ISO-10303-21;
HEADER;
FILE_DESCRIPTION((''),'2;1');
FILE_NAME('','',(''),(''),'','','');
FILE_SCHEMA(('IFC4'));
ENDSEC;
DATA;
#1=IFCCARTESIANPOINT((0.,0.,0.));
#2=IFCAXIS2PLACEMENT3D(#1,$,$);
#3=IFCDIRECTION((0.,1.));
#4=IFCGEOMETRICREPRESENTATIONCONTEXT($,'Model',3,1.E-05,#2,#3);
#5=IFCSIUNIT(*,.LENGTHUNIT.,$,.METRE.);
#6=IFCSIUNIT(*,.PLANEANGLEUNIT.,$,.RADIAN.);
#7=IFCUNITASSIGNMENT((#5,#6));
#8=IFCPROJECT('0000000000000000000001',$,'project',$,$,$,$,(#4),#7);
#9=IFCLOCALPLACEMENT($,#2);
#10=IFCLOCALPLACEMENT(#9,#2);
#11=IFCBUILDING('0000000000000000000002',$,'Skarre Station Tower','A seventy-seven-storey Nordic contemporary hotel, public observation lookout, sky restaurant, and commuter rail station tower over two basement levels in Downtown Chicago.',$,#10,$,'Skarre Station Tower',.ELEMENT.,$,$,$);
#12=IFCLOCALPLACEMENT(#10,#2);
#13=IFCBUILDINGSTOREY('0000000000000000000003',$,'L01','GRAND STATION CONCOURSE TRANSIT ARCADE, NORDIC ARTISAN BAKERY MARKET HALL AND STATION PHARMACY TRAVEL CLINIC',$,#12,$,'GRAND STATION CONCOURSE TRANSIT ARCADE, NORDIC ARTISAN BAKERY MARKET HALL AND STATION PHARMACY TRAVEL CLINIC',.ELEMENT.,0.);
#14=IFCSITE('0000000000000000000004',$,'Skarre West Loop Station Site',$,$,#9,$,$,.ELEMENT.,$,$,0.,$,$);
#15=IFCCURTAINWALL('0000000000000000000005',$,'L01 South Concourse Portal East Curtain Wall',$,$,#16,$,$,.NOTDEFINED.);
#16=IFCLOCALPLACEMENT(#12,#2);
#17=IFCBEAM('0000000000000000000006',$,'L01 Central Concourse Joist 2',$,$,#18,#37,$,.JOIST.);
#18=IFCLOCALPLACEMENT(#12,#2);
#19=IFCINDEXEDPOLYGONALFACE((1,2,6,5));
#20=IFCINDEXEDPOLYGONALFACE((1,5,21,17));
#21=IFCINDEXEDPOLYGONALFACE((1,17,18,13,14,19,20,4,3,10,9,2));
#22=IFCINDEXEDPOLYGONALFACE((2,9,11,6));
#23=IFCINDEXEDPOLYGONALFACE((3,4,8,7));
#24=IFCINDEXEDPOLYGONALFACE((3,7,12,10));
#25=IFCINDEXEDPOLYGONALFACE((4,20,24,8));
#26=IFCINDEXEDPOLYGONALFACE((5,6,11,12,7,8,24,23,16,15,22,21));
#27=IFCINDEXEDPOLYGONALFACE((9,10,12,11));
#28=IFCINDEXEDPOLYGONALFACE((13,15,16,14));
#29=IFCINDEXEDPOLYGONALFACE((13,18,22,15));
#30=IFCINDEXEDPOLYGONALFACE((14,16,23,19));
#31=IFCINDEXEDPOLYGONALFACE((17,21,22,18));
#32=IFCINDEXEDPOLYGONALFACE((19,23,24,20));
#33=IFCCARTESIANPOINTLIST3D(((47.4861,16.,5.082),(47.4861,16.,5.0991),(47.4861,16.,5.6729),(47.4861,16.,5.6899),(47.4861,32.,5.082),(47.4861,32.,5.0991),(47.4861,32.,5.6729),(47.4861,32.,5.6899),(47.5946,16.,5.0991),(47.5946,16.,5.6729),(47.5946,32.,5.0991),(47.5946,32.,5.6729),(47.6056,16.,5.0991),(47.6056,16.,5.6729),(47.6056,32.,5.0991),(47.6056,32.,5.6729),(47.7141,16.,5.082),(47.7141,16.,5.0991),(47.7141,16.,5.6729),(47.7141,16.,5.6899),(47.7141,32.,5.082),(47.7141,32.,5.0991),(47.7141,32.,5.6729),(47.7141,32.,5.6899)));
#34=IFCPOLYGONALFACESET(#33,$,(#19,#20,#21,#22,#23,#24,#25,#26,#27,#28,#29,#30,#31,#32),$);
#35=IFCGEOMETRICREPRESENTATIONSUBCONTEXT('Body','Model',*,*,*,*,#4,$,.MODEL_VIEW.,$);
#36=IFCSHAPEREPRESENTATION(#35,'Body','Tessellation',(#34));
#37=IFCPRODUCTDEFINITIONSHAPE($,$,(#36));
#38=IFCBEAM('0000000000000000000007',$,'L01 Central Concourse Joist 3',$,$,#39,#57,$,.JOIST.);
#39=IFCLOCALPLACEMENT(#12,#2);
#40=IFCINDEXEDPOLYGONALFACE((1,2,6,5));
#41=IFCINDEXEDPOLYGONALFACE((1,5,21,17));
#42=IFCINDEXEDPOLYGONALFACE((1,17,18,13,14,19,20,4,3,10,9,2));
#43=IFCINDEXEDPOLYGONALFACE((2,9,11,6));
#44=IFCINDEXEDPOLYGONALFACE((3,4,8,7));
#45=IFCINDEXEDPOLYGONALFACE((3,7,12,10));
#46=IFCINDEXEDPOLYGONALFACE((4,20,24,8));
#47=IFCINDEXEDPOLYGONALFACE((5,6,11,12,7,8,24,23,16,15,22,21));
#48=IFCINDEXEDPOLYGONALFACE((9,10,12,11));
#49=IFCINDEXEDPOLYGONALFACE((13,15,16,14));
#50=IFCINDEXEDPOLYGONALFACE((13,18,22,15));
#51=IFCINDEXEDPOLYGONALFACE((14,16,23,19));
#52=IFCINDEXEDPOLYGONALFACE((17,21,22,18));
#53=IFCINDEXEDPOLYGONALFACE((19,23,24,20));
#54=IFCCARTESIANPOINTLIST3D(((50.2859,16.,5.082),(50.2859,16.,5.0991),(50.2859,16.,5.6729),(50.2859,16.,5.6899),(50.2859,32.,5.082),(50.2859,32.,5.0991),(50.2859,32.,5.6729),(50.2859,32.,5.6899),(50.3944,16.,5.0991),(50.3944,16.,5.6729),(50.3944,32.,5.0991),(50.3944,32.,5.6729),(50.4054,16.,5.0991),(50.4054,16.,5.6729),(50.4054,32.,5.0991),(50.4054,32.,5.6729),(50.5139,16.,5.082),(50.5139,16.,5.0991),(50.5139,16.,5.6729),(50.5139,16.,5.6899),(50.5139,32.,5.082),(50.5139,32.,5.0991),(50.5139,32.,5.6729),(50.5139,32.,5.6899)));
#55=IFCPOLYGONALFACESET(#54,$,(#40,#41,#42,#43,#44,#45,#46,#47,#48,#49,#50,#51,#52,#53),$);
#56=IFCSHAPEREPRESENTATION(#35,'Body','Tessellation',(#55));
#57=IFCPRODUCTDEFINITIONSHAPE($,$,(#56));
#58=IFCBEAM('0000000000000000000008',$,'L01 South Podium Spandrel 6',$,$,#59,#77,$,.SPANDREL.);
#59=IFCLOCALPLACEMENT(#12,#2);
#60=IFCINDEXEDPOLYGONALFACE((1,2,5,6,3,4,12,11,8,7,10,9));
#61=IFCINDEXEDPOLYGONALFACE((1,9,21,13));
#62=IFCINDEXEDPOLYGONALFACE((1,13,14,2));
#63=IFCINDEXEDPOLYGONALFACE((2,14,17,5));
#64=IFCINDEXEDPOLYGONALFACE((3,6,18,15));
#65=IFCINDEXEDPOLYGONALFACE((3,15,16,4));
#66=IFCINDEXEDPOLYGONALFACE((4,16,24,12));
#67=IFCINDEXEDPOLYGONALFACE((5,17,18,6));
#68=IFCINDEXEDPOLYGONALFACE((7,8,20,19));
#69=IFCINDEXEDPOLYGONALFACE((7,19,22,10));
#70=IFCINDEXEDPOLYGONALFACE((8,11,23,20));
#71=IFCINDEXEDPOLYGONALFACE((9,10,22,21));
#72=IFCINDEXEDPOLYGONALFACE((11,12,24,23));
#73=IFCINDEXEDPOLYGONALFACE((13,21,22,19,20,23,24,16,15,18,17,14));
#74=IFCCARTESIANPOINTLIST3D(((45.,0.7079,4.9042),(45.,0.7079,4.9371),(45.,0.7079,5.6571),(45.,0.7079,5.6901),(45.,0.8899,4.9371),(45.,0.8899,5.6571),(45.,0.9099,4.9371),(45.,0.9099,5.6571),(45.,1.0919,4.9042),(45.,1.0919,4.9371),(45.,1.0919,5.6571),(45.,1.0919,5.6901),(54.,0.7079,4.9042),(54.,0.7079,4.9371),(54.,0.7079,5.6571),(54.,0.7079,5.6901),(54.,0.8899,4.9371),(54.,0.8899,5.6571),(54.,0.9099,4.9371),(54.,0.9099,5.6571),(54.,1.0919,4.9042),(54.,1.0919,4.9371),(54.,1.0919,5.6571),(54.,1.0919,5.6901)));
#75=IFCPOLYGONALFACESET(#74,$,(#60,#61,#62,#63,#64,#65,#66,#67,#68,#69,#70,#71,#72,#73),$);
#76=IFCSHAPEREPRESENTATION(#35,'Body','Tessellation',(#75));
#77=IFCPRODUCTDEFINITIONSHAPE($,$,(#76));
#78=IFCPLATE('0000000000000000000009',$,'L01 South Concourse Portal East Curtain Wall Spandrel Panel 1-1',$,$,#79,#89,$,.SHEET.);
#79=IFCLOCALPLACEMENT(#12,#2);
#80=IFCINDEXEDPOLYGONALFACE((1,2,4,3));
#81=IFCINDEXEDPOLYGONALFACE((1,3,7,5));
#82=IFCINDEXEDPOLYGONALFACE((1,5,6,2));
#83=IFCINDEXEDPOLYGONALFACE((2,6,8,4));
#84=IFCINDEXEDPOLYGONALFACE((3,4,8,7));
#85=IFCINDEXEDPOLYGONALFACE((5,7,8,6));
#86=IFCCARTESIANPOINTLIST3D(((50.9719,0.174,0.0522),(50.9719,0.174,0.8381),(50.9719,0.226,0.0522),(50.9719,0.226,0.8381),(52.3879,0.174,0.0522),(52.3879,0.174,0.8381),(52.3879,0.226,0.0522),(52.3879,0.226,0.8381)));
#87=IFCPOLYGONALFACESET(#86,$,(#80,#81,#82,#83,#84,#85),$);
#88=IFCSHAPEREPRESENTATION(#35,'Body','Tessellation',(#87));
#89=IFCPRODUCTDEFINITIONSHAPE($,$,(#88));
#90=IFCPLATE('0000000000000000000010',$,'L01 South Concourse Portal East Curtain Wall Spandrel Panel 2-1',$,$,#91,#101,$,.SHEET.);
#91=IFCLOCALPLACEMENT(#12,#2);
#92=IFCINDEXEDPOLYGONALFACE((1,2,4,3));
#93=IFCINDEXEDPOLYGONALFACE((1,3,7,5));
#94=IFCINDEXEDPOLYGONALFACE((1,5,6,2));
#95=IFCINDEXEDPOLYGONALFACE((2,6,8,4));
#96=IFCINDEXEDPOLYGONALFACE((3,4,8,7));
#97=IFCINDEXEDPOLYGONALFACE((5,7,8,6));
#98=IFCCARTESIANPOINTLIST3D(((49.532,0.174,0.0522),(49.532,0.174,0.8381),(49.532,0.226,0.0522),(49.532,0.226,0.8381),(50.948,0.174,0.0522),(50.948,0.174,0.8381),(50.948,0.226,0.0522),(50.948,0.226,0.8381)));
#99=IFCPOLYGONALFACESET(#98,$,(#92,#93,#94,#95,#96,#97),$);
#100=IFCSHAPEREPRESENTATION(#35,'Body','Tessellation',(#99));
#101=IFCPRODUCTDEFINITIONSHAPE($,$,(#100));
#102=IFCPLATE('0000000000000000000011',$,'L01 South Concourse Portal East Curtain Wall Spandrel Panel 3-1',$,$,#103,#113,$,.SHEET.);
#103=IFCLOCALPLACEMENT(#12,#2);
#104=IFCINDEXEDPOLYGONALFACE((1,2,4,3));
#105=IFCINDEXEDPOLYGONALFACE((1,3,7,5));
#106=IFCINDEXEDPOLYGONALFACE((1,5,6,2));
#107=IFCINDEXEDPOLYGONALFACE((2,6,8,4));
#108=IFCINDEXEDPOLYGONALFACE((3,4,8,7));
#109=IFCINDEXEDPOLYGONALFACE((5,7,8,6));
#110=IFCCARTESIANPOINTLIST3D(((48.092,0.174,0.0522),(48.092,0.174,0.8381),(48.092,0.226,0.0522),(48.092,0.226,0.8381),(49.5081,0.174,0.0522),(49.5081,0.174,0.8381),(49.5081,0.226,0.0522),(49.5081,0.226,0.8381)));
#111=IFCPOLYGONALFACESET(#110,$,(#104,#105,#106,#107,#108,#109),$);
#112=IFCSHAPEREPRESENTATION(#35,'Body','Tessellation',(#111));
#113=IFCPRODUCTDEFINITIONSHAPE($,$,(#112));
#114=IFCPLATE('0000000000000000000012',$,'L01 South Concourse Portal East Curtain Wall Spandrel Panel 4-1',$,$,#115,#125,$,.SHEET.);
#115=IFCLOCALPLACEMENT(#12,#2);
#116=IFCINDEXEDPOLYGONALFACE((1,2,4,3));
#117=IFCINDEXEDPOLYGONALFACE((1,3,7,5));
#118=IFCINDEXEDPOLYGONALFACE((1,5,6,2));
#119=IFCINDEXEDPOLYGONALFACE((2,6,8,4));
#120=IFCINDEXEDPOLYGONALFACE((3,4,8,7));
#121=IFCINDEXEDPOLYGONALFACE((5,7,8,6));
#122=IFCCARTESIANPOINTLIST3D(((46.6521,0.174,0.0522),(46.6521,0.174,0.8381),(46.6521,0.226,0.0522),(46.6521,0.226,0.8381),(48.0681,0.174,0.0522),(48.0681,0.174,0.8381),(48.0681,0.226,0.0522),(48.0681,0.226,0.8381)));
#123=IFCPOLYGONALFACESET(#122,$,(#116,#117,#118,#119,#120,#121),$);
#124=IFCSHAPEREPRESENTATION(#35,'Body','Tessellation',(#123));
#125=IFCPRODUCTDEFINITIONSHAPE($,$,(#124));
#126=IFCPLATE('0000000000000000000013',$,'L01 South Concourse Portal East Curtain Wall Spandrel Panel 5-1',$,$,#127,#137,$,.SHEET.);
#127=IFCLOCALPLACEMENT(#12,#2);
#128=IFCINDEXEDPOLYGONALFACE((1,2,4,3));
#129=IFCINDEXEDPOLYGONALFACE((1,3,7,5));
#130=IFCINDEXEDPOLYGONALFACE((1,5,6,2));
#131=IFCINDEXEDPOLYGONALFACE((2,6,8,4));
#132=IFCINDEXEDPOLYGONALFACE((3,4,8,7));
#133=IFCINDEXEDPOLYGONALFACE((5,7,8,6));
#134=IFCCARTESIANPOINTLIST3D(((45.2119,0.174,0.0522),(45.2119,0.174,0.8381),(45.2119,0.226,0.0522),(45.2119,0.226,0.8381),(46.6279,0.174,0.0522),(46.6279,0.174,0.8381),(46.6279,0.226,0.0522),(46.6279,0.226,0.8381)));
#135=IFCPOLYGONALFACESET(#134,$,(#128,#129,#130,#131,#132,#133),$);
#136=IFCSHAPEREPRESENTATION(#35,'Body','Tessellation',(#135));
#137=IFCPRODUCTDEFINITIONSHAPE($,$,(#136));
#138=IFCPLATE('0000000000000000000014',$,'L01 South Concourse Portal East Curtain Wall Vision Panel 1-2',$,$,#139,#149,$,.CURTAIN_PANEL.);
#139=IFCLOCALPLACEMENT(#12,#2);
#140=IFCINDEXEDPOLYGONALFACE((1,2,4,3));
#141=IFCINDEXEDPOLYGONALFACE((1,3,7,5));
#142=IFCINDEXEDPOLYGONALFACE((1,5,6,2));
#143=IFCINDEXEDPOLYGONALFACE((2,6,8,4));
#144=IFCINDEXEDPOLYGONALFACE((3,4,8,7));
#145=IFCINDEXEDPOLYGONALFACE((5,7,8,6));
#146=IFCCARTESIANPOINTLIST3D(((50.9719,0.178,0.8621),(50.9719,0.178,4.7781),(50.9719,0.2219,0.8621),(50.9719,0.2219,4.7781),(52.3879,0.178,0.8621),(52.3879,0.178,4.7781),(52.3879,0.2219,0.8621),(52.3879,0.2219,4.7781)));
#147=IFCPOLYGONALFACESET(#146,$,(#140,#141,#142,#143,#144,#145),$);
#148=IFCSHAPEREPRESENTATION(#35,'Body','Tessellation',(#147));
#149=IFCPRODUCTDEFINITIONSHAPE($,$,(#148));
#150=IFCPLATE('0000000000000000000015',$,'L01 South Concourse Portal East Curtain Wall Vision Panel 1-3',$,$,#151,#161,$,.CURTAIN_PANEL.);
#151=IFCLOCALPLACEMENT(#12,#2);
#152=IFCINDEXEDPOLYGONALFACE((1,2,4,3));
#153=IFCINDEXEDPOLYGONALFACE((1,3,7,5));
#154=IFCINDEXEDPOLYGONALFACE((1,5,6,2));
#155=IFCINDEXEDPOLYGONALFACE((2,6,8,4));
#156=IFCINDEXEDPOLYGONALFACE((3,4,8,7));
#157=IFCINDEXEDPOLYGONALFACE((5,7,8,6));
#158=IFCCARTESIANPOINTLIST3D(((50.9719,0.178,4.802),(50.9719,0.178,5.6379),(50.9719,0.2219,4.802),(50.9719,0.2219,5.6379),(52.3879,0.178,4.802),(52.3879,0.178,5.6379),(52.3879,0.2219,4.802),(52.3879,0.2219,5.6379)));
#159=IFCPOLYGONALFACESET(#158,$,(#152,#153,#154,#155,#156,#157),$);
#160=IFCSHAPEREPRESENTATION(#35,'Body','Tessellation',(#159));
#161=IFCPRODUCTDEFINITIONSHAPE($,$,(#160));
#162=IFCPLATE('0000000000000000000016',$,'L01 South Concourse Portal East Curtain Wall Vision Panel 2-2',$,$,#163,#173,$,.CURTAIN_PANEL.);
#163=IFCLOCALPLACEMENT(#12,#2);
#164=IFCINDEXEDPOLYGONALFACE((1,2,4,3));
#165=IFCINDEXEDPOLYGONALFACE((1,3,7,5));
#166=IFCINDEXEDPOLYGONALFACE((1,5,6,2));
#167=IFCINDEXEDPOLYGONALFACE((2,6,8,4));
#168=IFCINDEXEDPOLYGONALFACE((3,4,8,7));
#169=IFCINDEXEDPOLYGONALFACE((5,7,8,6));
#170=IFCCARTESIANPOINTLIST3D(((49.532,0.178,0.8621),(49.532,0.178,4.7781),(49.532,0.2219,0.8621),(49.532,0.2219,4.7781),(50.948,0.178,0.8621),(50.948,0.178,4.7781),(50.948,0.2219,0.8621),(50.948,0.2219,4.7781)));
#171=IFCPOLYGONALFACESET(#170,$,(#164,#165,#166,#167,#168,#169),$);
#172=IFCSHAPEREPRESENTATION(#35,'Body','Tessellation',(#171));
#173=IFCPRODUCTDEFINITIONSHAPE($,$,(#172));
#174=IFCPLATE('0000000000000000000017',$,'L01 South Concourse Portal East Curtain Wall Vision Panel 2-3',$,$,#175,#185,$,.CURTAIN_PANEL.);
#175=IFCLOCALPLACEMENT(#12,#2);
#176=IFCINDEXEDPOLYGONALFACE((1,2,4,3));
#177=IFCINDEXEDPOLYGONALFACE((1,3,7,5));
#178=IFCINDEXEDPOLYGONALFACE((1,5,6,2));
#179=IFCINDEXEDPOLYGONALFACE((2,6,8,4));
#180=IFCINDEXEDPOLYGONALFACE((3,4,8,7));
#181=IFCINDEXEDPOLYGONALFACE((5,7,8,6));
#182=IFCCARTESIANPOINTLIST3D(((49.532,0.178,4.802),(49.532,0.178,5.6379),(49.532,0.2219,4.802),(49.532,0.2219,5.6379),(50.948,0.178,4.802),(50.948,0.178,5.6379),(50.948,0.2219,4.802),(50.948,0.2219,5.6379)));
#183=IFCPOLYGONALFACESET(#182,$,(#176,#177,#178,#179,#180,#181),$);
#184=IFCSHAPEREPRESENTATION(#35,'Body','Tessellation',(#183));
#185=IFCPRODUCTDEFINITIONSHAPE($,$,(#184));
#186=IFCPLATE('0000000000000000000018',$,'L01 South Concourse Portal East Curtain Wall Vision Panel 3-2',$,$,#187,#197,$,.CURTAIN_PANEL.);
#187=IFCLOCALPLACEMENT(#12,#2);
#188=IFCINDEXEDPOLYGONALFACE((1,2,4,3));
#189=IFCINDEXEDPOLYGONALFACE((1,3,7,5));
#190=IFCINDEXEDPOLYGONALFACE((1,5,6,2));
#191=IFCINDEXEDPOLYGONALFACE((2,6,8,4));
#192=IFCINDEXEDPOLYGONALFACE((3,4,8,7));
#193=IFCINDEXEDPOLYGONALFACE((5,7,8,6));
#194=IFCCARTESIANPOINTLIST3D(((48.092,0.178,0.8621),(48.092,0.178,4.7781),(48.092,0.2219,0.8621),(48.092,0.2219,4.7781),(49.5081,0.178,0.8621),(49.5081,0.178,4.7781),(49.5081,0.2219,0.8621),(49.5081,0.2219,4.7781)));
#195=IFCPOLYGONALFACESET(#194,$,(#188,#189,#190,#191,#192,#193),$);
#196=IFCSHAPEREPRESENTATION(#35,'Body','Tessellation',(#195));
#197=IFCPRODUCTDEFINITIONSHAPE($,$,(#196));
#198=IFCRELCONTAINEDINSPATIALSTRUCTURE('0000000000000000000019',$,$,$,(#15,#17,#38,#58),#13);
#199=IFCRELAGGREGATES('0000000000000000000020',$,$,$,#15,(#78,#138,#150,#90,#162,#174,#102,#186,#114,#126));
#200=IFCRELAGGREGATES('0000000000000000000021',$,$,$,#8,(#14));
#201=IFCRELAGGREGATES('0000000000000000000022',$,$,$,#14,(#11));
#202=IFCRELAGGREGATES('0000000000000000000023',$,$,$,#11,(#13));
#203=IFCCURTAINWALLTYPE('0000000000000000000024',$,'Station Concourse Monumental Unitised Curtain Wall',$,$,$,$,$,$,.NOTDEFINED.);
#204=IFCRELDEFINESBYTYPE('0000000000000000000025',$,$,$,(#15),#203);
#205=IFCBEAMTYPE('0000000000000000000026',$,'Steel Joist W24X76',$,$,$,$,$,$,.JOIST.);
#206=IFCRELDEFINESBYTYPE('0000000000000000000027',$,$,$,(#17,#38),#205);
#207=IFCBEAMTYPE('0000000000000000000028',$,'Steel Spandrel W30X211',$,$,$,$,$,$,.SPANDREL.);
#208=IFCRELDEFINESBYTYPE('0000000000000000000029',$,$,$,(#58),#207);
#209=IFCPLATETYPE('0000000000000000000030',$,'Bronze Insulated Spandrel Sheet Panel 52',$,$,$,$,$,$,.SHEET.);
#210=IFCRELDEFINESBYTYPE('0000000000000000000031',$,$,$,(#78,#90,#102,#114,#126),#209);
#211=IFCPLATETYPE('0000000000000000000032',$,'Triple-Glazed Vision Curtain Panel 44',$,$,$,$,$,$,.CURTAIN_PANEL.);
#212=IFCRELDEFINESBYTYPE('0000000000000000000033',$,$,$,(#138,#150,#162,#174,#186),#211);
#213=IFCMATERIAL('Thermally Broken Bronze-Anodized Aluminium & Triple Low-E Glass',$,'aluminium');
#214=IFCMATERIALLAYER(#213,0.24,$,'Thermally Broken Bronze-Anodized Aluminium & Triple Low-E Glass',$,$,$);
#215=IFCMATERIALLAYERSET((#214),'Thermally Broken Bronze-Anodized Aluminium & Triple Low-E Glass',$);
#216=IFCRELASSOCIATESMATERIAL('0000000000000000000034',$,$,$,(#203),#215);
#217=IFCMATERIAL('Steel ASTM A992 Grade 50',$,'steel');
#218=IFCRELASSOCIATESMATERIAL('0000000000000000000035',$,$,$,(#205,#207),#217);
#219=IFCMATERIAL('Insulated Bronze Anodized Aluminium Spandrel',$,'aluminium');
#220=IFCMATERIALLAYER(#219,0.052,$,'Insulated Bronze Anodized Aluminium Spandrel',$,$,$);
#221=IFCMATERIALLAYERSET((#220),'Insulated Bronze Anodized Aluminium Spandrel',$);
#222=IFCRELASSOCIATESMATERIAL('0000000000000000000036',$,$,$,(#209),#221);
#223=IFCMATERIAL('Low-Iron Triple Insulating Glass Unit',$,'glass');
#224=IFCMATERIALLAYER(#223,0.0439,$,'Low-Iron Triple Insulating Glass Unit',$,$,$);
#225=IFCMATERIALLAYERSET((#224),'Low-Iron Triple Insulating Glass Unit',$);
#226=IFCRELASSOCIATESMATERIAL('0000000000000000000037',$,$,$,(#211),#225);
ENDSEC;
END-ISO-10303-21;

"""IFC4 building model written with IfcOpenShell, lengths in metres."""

from ifc_helpers import new_model, si_unit, direction, frame, origin, origin_2d, place, context, subcontext, project, spatial, rectangle, i_section, extrude, material, layer, layer_set, material_profile, profile_set, type_object, element, aggregate, save


model = new_model("IFC4")

# Units and contexts
model_context = context("Model", 3, precision=1e-05, world=origin(), true_north=direction((0.0, 1.0)))
body_context = subcontext(model_context, "Body", "Model", "MODEL_VIEW")
ifc_project = project(units=[si_unit("LENGTHUNIT", "METRE"), si_unit("PLANEANGLEUNIT", "RADIAN")], contexts=[model_context])

# Site, building, storey
site_placement = place(None, origin())
site = spatial("IfcSite", under=ifc_project, at=site_placement, Name="Skarre West Loop Station Site", CompositionType="ELEMENT", RefElevation=0.0)
building_placement = place(site_placement, origin())
building = spatial("IfcBuilding", under=site, at=building_placement, Name="Skarre Station Tower", Description="A seventy-seven-storey Nordic contemporary hotel, public observation lookout, sky restaurant, and commuter rail station tower over two basement levels in Downtown Chicago.", LongName="Skarre Station Tower", CompositionType="ELEMENT")
storey_placement = place(building_placement, origin())
storey = spatial("IfcBuildingStorey", under=building, at=storey_placement, Name="L01", Description="GRAND STATION CONCOURSE TRANSIT ARCADE, NORDIC ARTISAN BAKERY MARKET HALL AND STATION PHARMACY TRAVEL CLINIC", LongName="GRAND STATION CONCOURSE TRANSIT ARCADE, NORDIC ARTISAN BAKERY MARKET HALL AND STATION PHARMACY TRAVEL CLINIC", CompositionType="ELEMENT", Elevation=0.0)

# Curtain wall
ifc_material_1 = material(Name="Thermally Broken Bronze-Anodized Aluminium & Triple Low-E Glass", Category="aluminium")
ifc_layer_1 = layer(ifc_material_1, 0.24, Name="Thermally Broken Bronze-Anodized Aluminium & Triple Low-E Glass")
ifc_layer_set_1 = layer_set([ifc_layer_1], Name="Thermally Broken Bronze-Anodized Aluminium & Triple Low-E Glass")
curtain_wall_type = type_object("IfcCurtainWallType", Name="Station Concourse Monumental Unitised Curtain Wall", PredefinedType="NOTDEFINED", material=ifc_layer_set_1)
curtain_wall_placement = place(storey_placement, origin())
curtain_wall = element("IfcCurtainWall", 1, at=curtain_wall_placement, inside=storey, type_object=curtain_wall_type, Name="L01 South Concourse Portal East Curtain Wall", PredefinedType="NOTDEFINED")

# Beams
ifc_material_2 = material(Name="Steel ASTM A992 Grade 50", Category="steel")
ifc_material_profile_1 = material_profile(ifc_material_2, i_section(OverallWidth=0.228, OverallDepth=0.6079, WebThickness=0.011, FlangeThickness=0.0171, at=origin_2d()), Name="Steel ASTM A992 Grade 50")
ifc_profile_set_1 = profile_set([ifc_material_profile_1], Name="Steel ASTM A992 Grade 50")
beam_type_1 = type_object("IfcBeamType", Name="Steel Joist W24X76", PredefinedType="JOIST", material=ifc_profile_set_1)
for number, where, z_axis, x_axis, name in (
    (2, (47.6001, 16.0, 5.386), (0.0, 1.0, 0.0), (-1.0, 0.0, 0.0), "L01 Central Concourse Joist 2"),
    (3, (50.3999, 16.0, 5.386), (0.0, 1.0, 0.0), (-1.0, 0.0, 0.0), "L01 Central Concourse Joist 3"),
):
    element("IfcBeam", number, at=place(storey_placement, frame(where, z_axis=z_axis, x_axis=x_axis)), inside=storey, type_object=beam_type_1, Name=name, PredefinedType="JOIST", context=body_context, shape_type="SweptSolid", body=[
        extrude(i_section(OverallWidth=0.228, OverallDepth=0.6079, WebThickness=0.011, FlangeThickness=0.0171, at=origin_2d()), origin(), (0.0, 0.0, 1.0), 16.0),
    ])
ifc_material_profile_2 = material_profile(ifc_material_2, i_section(OverallWidth=0.384, OverallDepth=0.7859, WebThickness=0.02, FlangeThickness=0.033, at=origin_2d()), Name="Steel ASTM A992 Grade 50")
ifc_profile_set_2 = profile_set([ifc_material_profile_2], Name="Steel ASTM A992 Grade 50")
beam_type_2 = type_object("IfcBeamType", Name="Steel Spandrel W30X211", PredefinedType="SPANDREL", material=ifc_profile_set_2)
beam_placement = place(storey_placement, frame((45.0, 0.8999, 5.2971), z_axis=(1.0, 0.0, 0.0), x_axis=(0.0, 1.0, 0.0)))
element("IfcBeam", 4, at=beam_placement, inside=storey, type_object=beam_type_2, Name="L01 South Podium Spandrel 6", PredefinedType="SPANDREL", context=body_context, shape_type="SweptSolid", body=[
    extrude(i_section(OverallWidth=0.384, OverallDepth=0.7859, WebThickness=0.02, FlangeThickness=0.033, at=origin_2d()), origin(), (0.0, 0.0, 1.0), 9.0),
])

# Plates
ifc_material_3 = material(Name="Insulated Bronze Anodized Aluminium Spandrel", Category="aluminium")
ifc_layer_2 = layer(ifc_material_3, 0.052, Name="Insulated Bronze Anodized Aluminium Spandrel")
ifc_layer_set_2 = layer_set([ifc_layer_2], Name="Insulated Bronze Anodized Aluminium Spandrel")
plate_type_1 = type_object("IfcPlateType", Name="Bronze Insulated Spandrel Sheet Panel 52", PredefinedType="SHEET", material=ifc_layer_set_2)
plate_1_placement = place(storey_placement, frame((51.6799, 0.2, 0.0522), z_axis=(0.0, 0.0, 1.0), x_axis=(-1.0, 0.0, 0.0)))
plate_1 = element("IfcPlate", 5, at=plate_1_placement, type_object=plate_type_1, Name="L01 South Concourse Portal East Curtain Wall Spandrel Panel 1-1", PredefinedType="SHEET", context=body_context, shape_type="SweptSolid", body=[
    extrude(rectangle(XDim=1.416, YDim=0.052, at=origin_2d()), origin(), (0.0, 0.0, 1.0), 0.7859),
])
plate_2_placement = place(storey_placement, frame((50.24, 0.2, 0.0522), z_axis=(0.0, 0.0, 1.0), x_axis=(-1.0, 0.0, 0.0)))
plate_2 = element("IfcPlate", 6, at=plate_2_placement, type_object=plate_type_1, Name="L01 South Concourse Portal East Curtain Wall Spandrel Panel 2-1", PredefinedType="SHEET", context=body_context, shape_type="SweptSolid", body=[
    extrude(rectangle(XDim=1.416, YDim=0.052, at=origin_2d()), origin(), (0.0, 0.0, 1.0), 0.7859),
])
plate_3_placement = place(storey_placement, frame((48.8, 0.2, 0.0522), z_axis=(0.0, 0.0, 1.0), x_axis=(-1.0, 0.0, 0.0)))
plate_3 = element("IfcPlate", 7, at=plate_3_placement, type_object=plate_type_1, Name="L01 South Concourse Portal East Curtain Wall Spandrel Panel 3-1", PredefinedType="SHEET", context=body_context, shape_type="SweptSolid", body=[
    extrude(rectangle(XDim=1.416, YDim=0.052, at=origin_2d()), origin(), (0.0, 0.0, 1.0), 0.7859),
])
plate_4_placement = place(storey_placement, frame((47.3601, 0.2, 0.0522), z_axis=(0.0, 0.0, 1.0), x_axis=(-1.0, 0.0, 0.0)))
plate_4 = element("IfcPlate", 8, at=plate_4_placement, type_object=plate_type_1, Name="L01 South Concourse Portal East Curtain Wall Spandrel Panel 4-1", PredefinedType="SHEET", context=body_context, shape_type="SweptSolid", body=[
    extrude(rectangle(XDim=1.416, YDim=0.052, at=origin_2d()), origin(), (0.0, 0.0, 1.0), 0.7859),
])
plate_5_placement = place(storey_placement, frame((45.9199, 0.2, 0.0522), z_axis=(0.0, 0.0, 1.0), x_axis=(-1.0, 0.0, 0.0)))
plate_5 = element("IfcPlate", 9, at=plate_5_placement, type_object=plate_type_1, Name="L01 South Concourse Portal East Curtain Wall Spandrel Panel 5-1", PredefinedType="SHEET", context=body_context, shape_type="SweptSolid", body=[
    extrude(rectangle(XDim=1.416, YDim=0.052, at=origin_2d()), origin(), (0.0, 0.0, 1.0), 0.7859),
])
ifc_material_4 = material(Name="Low-Iron Triple Insulating Glass Unit", Category="glass")
ifc_layer_3 = layer(ifc_material_4, 0.0439, Name="Low-Iron Triple Insulating Glass Unit")
ifc_layer_set_3 = layer_set([ifc_layer_3], Name="Low-Iron Triple Insulating Glass Unit")
plate_type_2 = type_object("IfcPlateType", Name="Triple-Glazed Vision Curtain Panel 44", PredefinedType="CURTAIN_PANEL", material=ifc_layer_set_3)
plate_6_placement = place(storey_placement, frame((51.6799, 0.2, 0.8621), z_axis=(0.0, 0.0, 1.0), x_axis=(-1.0, 0.0, 0.0)))
plate_6 = element("IfcPlate", 10, at=plate_6_placement, type_object=plate_type_2, Name="L01 South Concourse Portal East Curtain Wall Vision Panel 1-2", PredefinedType="CURTAIN_PANEL", context=body_context, shape_type="SweptSolid", body=[
    extrude(rectangle(XDim=1.416, YDim=0.0439, at=origin_2d()), origin(), (0.0, 0.0, 1.0), 3.916),
])
plate_7_placement = place(storey_placement, frame((51.6799, 0.2, 4.802), z_axis=(0.0, 0.0, 1.0), x_axis=(-1.0, 0.0, 0.0)))
plate_7 = element("IfcPlate", 11, at=plate_7_placement, type_object=plate_type_2, Name="L01 South Concourse Portal East Curtain Wall Vision Panel 1-3", PredefinedType="CURTAIN_PANEL", context=body_context, shape_type="SweptSolid", body=[
    extrude(rectangle(XDim=1.416, YDim=0.0439, at=origin_2d()), origin(), (0.0, 0.0, 1.0), 0.8359),
])
plate_8_placement = place(storey_placement, frame((50.24, 0.2, 0.8621), z_axis=(0.0, 0.0, 1.0), x_axis=(-1.0, 0.0, 0.0)))
plate_8 = element("IfcPlate", 12, at=plate_8_placement, type_object=plate_type_2, Name="L01 South Concourse Portal East Curtain Wall Vision Panel 2-2", PredefinedType="CURTAIN_PANEL", context=body_context, shape_type="SweptSolid", body=[
    extrude(rectangle(XDim=1.416, YDim=0.0439, at=origin_2d()), origin(), (0.0, 0.0, 1.0), 3.916),
])
plate_9_placement = place(storey_placement, frame((50.24, 0.2, 4.802), z_axis=(0.0, 0.0, 1.0), x_axis=(-1.0, 0.0, 0.0)))
plate_9 = element("IfcPlate", 13, at=plate_9_placement, type_object=plate_type_2, Name="L01 South Concourse Portal East Curtain Wall Vision Panel 2-3", PredefinedType="CURTAIN_PANEL", context=body_context, shape_type="SweptSolid", body=[
    extrude(rectangle(XDim=1.416, YDim=0.0439, at=origin_2d()), origin(), (0.0, 0.0, 1.0), 0.8359),
])
plate_10_placement = place(storey_placement, frame((48.8, 0.2, 0.8621), z_axis=(0.0, 0.0, 1.0), x_axis=(-1.0, 0.0, 0.0)))
plate_10 = element("IfcPlate", 14, at=plate_10_placement, type_object=plate_type_2, Name="L01 South Concourse Portal East Curtain Wall Vision Panel 3-2", PredefinedType="CURTAIN_PANEL", context=body_context, shape_type="SweptSolid", body=[
    extrude(rectangle(XDim=1.416, YDim=0.0439, at=origin_2d()), origin(), (0.0, 0.0, 1.0), 3.916),
])
aggregate(curtain_wall, [plate_1, plate_6, plate_7, plate_2, plate_8, plate_9, plate_3, plate_10, plate_4, plate_5])

save(model, "model.ifc")
